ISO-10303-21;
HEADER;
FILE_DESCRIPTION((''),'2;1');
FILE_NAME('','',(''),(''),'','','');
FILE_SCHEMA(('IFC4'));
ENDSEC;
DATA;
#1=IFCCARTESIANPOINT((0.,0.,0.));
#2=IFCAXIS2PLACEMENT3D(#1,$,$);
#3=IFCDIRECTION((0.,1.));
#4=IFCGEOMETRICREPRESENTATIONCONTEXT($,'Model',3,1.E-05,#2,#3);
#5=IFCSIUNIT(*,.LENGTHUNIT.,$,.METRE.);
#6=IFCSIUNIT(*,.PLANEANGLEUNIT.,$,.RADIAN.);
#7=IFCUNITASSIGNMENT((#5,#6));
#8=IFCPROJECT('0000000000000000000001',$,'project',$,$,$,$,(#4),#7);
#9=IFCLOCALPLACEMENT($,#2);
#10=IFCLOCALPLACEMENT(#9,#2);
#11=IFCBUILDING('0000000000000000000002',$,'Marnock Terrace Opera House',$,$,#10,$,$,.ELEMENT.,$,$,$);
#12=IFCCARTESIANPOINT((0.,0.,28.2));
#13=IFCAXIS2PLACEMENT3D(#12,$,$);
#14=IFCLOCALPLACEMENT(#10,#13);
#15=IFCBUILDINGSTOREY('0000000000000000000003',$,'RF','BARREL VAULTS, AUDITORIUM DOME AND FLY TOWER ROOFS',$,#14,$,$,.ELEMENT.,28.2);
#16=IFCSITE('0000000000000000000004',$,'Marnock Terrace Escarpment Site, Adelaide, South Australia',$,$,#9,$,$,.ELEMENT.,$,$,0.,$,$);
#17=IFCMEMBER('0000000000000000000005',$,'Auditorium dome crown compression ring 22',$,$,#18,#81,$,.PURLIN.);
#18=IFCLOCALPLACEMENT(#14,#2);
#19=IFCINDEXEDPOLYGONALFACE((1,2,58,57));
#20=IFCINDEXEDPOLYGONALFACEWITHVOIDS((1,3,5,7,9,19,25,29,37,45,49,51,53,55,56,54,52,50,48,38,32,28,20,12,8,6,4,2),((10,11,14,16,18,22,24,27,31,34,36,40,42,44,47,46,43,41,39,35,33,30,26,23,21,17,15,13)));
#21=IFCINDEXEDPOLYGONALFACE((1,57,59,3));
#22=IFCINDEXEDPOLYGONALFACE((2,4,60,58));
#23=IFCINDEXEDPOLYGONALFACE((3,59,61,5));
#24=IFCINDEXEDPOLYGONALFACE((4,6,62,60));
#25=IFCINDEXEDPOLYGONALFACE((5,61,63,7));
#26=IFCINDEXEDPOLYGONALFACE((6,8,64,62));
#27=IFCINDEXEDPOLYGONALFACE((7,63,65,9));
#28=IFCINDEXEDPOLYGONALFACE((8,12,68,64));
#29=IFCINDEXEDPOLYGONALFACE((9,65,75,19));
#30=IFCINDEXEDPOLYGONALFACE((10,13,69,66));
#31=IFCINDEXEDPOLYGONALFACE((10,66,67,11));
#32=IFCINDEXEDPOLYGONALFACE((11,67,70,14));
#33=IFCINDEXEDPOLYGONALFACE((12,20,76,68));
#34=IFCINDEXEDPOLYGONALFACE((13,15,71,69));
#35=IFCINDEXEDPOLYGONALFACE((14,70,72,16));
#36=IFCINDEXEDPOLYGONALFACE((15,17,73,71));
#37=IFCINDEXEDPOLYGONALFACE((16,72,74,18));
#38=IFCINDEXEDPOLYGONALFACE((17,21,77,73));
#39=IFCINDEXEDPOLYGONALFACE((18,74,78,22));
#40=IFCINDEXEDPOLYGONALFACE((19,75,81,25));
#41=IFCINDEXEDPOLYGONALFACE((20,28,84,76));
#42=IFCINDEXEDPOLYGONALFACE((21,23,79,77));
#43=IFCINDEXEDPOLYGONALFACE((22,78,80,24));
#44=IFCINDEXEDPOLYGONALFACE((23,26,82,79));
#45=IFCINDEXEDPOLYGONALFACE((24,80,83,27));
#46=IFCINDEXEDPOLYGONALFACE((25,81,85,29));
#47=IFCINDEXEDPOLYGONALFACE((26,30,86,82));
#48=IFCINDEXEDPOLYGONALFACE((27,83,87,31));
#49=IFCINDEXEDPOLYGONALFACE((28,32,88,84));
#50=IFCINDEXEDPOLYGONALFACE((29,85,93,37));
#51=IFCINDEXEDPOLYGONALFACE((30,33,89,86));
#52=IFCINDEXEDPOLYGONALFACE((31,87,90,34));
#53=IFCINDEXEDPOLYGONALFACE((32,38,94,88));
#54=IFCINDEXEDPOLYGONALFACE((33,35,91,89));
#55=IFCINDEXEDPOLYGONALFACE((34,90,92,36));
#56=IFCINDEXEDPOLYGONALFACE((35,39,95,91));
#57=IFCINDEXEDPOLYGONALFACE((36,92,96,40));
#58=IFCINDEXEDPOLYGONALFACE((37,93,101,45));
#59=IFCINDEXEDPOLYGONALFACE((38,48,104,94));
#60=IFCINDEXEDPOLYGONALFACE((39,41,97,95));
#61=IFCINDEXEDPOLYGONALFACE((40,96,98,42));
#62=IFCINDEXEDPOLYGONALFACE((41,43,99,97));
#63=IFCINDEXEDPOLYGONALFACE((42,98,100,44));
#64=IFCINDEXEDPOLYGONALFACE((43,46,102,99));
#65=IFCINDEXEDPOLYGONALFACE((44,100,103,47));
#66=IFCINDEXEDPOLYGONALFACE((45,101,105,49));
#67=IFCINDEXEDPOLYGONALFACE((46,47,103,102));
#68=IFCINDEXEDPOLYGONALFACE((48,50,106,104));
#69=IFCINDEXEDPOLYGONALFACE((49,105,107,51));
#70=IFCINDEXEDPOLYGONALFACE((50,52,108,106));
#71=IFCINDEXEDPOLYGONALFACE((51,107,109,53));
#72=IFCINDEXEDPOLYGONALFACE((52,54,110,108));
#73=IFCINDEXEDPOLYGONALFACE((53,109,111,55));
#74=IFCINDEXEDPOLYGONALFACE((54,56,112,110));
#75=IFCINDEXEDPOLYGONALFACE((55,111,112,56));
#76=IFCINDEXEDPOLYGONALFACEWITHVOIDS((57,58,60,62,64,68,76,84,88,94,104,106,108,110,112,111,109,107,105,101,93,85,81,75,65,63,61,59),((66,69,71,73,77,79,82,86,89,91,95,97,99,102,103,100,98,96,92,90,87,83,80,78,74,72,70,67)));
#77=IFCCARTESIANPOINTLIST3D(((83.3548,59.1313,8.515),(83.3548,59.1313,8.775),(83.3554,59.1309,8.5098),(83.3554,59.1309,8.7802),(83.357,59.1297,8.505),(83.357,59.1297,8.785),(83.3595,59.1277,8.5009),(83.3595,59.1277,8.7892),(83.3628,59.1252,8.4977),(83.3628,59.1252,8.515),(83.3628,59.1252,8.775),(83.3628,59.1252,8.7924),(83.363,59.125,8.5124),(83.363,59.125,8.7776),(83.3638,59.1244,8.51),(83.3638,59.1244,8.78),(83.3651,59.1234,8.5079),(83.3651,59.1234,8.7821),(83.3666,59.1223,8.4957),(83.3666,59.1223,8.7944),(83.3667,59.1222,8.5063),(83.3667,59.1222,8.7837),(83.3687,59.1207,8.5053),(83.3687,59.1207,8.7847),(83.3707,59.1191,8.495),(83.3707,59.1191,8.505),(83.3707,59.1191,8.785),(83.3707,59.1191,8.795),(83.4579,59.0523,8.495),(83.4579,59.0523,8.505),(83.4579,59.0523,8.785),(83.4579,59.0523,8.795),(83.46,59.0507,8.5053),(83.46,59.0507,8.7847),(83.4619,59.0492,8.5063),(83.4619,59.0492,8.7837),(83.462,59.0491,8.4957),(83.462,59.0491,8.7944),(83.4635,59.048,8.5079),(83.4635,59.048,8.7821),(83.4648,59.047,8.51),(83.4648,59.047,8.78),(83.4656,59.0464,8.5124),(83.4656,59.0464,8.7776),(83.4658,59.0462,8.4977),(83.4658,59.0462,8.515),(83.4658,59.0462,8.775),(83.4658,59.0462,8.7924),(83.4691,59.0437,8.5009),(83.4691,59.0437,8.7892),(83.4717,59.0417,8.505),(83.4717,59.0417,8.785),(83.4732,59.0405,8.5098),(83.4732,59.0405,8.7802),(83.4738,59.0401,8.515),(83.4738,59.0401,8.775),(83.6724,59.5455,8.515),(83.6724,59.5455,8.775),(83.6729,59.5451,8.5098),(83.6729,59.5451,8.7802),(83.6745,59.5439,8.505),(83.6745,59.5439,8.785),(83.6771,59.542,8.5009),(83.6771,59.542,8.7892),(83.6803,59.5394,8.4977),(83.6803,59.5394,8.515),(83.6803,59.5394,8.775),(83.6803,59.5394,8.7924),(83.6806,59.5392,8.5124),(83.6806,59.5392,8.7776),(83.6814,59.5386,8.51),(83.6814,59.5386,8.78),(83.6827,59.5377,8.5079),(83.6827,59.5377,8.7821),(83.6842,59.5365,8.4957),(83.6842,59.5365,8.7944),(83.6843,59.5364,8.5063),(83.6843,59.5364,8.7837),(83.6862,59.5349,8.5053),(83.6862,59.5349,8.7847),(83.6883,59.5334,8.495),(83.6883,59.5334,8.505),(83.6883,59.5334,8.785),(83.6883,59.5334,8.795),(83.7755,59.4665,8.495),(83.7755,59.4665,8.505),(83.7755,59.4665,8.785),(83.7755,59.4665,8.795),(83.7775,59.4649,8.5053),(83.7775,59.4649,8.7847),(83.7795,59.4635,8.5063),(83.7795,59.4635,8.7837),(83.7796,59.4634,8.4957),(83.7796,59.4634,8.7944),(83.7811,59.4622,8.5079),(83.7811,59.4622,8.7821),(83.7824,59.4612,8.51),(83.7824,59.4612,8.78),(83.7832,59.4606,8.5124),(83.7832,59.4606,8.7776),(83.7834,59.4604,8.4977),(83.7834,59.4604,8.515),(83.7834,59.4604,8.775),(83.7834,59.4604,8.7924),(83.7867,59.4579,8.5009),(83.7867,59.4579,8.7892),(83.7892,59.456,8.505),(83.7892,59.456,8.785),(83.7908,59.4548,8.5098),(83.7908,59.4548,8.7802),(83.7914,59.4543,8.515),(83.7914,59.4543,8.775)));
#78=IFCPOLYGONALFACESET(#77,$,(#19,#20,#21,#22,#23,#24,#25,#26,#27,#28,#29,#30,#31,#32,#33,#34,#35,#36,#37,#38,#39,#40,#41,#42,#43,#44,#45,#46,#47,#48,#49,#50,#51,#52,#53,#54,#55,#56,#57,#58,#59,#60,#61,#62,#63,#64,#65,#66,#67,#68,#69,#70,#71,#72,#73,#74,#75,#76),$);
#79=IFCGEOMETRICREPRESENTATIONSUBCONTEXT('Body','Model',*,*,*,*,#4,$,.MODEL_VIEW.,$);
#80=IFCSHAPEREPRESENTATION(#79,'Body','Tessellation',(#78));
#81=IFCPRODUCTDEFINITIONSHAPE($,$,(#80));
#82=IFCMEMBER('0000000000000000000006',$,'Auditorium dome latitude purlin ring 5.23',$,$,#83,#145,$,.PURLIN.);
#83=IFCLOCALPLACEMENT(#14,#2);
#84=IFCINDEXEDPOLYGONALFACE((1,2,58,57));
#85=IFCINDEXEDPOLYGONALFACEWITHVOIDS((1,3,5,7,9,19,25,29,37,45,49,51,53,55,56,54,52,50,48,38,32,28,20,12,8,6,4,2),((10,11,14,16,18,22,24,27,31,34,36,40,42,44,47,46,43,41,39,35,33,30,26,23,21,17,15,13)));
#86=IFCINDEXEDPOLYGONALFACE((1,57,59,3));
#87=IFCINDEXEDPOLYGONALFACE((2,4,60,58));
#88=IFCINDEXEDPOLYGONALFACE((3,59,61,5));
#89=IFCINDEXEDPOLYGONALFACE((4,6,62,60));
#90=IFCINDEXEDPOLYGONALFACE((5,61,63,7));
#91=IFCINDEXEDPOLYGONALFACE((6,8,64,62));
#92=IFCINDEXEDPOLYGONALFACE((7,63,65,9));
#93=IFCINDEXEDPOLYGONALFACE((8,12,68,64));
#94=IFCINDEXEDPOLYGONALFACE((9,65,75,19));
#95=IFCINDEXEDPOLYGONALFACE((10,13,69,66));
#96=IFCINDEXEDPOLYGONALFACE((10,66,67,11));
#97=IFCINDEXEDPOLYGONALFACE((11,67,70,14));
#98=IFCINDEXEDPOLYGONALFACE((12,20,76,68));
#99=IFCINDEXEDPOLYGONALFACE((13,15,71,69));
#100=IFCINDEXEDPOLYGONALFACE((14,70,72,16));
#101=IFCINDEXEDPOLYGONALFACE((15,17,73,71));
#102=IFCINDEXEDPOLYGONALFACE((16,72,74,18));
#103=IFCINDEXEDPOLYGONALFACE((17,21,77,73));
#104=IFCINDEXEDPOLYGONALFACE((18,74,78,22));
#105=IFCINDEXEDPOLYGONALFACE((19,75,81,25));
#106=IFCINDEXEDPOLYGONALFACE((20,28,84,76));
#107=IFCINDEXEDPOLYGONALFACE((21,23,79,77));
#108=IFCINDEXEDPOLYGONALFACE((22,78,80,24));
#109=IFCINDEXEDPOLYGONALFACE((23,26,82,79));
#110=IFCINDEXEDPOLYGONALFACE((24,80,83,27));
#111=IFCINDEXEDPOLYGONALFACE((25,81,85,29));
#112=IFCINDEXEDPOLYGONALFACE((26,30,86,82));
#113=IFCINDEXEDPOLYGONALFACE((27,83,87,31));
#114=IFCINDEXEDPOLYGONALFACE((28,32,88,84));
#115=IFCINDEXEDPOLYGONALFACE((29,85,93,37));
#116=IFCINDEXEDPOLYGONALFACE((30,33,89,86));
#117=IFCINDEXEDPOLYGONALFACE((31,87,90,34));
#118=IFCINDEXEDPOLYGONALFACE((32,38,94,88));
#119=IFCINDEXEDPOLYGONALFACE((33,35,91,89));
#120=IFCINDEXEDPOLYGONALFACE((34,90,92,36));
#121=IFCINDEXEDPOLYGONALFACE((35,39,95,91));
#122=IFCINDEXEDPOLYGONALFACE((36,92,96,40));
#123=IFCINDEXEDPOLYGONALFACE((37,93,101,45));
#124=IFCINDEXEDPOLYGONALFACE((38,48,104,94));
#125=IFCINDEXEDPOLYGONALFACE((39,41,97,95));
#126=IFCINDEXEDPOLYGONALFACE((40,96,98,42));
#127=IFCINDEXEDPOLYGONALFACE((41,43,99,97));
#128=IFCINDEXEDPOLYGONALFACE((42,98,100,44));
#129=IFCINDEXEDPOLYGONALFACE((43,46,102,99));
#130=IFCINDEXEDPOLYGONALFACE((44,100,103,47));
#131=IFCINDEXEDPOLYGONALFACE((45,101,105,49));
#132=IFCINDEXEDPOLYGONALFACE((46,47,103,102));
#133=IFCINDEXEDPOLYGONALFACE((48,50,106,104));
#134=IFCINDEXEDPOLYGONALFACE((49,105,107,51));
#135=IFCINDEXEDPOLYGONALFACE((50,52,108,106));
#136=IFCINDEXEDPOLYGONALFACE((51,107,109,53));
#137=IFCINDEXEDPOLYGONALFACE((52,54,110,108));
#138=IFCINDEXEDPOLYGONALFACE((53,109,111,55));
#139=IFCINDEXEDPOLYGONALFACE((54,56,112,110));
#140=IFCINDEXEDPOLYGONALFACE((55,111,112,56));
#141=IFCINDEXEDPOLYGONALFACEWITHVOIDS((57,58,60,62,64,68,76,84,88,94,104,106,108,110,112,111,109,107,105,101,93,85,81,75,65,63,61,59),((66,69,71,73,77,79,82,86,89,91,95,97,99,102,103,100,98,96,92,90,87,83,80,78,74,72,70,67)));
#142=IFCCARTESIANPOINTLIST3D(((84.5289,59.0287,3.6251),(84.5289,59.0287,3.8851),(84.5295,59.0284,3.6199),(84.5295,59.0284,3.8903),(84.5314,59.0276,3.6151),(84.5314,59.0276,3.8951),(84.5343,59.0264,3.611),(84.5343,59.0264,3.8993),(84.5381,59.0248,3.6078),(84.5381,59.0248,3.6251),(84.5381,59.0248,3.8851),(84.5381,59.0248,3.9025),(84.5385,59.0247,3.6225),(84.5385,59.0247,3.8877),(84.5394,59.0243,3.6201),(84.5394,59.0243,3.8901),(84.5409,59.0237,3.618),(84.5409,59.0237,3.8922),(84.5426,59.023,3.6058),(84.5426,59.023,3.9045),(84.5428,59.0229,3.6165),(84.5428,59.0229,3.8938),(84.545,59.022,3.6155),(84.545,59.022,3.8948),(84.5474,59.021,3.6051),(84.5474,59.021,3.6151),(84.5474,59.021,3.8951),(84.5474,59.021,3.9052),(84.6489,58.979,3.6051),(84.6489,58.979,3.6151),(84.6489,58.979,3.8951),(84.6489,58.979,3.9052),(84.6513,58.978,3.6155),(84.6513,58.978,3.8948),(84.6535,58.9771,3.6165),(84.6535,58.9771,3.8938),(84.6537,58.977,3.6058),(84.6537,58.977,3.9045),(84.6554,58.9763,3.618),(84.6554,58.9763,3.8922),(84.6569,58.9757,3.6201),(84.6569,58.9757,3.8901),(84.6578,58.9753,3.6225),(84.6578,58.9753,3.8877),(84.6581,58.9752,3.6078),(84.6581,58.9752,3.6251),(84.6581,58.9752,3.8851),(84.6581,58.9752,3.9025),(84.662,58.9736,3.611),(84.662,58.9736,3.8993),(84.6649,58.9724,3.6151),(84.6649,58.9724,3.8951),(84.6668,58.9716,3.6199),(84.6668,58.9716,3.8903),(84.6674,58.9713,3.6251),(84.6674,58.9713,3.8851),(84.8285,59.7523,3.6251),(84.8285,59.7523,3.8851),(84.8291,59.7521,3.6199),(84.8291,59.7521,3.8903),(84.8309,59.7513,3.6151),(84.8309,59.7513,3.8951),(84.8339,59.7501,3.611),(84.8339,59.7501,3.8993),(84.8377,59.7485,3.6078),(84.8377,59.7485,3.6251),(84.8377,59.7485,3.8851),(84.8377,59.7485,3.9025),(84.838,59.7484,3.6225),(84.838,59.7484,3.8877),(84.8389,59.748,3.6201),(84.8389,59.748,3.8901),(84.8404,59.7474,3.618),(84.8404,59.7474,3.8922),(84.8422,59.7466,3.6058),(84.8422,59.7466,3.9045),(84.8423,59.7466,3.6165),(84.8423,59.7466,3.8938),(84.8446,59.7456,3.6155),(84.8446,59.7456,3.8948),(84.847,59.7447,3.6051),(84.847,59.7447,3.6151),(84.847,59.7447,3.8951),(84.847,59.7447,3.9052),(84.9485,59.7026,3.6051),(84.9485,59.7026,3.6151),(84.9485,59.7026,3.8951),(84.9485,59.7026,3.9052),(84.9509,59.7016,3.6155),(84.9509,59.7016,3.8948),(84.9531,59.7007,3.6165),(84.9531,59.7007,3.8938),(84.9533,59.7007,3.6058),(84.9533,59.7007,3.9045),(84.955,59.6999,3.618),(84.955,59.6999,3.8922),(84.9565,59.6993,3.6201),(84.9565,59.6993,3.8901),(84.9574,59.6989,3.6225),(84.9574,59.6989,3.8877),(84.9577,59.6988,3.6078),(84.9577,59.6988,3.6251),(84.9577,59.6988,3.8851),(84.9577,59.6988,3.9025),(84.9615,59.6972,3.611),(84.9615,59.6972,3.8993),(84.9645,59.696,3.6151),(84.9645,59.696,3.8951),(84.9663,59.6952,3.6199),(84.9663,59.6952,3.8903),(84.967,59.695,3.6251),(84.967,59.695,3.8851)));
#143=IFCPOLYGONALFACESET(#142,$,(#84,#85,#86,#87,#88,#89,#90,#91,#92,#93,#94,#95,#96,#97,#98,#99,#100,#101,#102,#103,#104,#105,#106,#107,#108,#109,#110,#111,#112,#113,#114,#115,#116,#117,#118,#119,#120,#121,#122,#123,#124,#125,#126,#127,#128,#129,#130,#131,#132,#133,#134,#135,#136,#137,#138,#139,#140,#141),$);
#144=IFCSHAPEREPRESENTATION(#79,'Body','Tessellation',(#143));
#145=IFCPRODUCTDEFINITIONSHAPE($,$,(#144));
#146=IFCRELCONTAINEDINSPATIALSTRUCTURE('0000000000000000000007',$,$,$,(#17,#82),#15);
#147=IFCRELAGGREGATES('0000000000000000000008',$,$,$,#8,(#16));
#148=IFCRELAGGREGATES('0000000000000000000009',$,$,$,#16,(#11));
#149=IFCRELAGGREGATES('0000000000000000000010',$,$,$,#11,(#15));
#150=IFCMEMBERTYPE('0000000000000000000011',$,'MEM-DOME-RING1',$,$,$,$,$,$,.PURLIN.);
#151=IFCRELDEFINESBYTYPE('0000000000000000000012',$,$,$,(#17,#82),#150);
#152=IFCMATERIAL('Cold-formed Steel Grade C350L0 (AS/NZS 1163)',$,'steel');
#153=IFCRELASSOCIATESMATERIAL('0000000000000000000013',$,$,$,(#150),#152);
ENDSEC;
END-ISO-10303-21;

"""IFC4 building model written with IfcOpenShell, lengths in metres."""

from ifc_helpers import new_model, si_unit, direction, frame, origin, origin_2d, place, context, subcontext, project, spatial, hollow_rectangle, extrude, material, material_profile, profile_set, type_object, element, save


model = new_model("IFC4")

# Units and contexts
model_context = context("Model", 3, precision=1e-05, world=origin(), true_north=direction((0.0, 1.0)))
body_context = subcontext(model_context, "Body", "Model", "MODEL_VIEW")
ifc_project = project(units=[si_unit("LENGTHUNIT", "METRE"), si_unit("PLANEANGLEUNIT", "RADIAN")], contexts=[model_context])

# Site, building, storey
site_placement = place(None, origin())
site = spatial("IfcSite", under=ifc_project, at=site_placement, Name="Marnock Terrace Escarpment Site, Adelaide, South Australia", CompositionType="ELEMENT", RefElevation=0.0)
building_placement = place(site_placement, origin())
building = spatial("IfcBuilding", under=site, at=building_placement, Name="Marnock Terrace Opera House", CompositionType="ELEMENT")
storey_placement = place(building_placement, frame((0.0, 0.0, 28.2)))
storey = spatial("IfcBuildingStorey", under=building, at=storey_placement, Name="RF", Description="BARREL VAULTS, AUDITORIUM DOME AND FLY TOWER ROOFS", CompositionType="ELEMENT", Elevation=28.2)

# Members
ifc_material_1 = material(Name="Cold-formed Steel Grade C350L0 (AS/NZS 1163)", Category="steel")
ifc_material_profile_1 = material_profile(ifc_material_1, hollow_rectangle(XDim=0.1499, YDim=0.3, WallThickness=0.01, InnerFilletRadius=0.01, OuterFilletRadius=0.02, at=origin_2d()))
ifc_profile_set_1 = profile_set([ifc_material_profile_1], Name="Cold-formed Steel Grade C350L0 (AS/NZS 1163)")
member_type_1 = type_object("IfcMemberType", Name="MEM-DOME-RING1", PredefinedType="PURLIN", material=ifc_profile_set_1)
for number, where, z_axis, x_axis, name in (
    (1, (83.4143, 59.0857, 8.645), (0.608422, 0.793614, 0.0), (-0.793614, 0.608422, 0.0), "Auditorium dome crown compression ring 22"),
):
    element("IfcMember", number, at=place(storey_placement, frame(where, z_axis=z_axis, x_axis=x_axis)), inside=storey, type_object=member_type_1, Name=name, PredefinedType="PURLIN", context=body_context, shape_type="SweptSolid", body=[
        extrude(hollow_rectangle(XDim=0.1499, YDim=0.3, WallThickness=0.01, InnerFilletRadius=0.01, OuterFilletRadius=0.02, at=origin_2d()), origin(), (0.0, 0.0, 1.0), 0.522),
    ])
member_1_placement = place(storey_placement, frame((84.5981, 59.0, 3.7551), z_axis=(0.382489, 0.92396, 0.0), x_axis=(-0.92396, 0.382489, 0.0)))
element("IfcMember", 2, at=member_1_placement, inside=storey, type_object=member_type_1, Name="Auditorium dome latitude purlin ring 5.23", PredefinedType="PURLIN", context=body_context, shape_type="SweptSolid", body=[
    extrude(hollow_rectangle(XDim=0.1499, YDim=0.3, WallThickness=0.01, InnerFilletRadius=0.01, OuterFilletRadius=0.02, at=origin_2d()), origin(), (0.0, 0.0, 1.0), 0.7832),
])

save(model, "model.ifc")
